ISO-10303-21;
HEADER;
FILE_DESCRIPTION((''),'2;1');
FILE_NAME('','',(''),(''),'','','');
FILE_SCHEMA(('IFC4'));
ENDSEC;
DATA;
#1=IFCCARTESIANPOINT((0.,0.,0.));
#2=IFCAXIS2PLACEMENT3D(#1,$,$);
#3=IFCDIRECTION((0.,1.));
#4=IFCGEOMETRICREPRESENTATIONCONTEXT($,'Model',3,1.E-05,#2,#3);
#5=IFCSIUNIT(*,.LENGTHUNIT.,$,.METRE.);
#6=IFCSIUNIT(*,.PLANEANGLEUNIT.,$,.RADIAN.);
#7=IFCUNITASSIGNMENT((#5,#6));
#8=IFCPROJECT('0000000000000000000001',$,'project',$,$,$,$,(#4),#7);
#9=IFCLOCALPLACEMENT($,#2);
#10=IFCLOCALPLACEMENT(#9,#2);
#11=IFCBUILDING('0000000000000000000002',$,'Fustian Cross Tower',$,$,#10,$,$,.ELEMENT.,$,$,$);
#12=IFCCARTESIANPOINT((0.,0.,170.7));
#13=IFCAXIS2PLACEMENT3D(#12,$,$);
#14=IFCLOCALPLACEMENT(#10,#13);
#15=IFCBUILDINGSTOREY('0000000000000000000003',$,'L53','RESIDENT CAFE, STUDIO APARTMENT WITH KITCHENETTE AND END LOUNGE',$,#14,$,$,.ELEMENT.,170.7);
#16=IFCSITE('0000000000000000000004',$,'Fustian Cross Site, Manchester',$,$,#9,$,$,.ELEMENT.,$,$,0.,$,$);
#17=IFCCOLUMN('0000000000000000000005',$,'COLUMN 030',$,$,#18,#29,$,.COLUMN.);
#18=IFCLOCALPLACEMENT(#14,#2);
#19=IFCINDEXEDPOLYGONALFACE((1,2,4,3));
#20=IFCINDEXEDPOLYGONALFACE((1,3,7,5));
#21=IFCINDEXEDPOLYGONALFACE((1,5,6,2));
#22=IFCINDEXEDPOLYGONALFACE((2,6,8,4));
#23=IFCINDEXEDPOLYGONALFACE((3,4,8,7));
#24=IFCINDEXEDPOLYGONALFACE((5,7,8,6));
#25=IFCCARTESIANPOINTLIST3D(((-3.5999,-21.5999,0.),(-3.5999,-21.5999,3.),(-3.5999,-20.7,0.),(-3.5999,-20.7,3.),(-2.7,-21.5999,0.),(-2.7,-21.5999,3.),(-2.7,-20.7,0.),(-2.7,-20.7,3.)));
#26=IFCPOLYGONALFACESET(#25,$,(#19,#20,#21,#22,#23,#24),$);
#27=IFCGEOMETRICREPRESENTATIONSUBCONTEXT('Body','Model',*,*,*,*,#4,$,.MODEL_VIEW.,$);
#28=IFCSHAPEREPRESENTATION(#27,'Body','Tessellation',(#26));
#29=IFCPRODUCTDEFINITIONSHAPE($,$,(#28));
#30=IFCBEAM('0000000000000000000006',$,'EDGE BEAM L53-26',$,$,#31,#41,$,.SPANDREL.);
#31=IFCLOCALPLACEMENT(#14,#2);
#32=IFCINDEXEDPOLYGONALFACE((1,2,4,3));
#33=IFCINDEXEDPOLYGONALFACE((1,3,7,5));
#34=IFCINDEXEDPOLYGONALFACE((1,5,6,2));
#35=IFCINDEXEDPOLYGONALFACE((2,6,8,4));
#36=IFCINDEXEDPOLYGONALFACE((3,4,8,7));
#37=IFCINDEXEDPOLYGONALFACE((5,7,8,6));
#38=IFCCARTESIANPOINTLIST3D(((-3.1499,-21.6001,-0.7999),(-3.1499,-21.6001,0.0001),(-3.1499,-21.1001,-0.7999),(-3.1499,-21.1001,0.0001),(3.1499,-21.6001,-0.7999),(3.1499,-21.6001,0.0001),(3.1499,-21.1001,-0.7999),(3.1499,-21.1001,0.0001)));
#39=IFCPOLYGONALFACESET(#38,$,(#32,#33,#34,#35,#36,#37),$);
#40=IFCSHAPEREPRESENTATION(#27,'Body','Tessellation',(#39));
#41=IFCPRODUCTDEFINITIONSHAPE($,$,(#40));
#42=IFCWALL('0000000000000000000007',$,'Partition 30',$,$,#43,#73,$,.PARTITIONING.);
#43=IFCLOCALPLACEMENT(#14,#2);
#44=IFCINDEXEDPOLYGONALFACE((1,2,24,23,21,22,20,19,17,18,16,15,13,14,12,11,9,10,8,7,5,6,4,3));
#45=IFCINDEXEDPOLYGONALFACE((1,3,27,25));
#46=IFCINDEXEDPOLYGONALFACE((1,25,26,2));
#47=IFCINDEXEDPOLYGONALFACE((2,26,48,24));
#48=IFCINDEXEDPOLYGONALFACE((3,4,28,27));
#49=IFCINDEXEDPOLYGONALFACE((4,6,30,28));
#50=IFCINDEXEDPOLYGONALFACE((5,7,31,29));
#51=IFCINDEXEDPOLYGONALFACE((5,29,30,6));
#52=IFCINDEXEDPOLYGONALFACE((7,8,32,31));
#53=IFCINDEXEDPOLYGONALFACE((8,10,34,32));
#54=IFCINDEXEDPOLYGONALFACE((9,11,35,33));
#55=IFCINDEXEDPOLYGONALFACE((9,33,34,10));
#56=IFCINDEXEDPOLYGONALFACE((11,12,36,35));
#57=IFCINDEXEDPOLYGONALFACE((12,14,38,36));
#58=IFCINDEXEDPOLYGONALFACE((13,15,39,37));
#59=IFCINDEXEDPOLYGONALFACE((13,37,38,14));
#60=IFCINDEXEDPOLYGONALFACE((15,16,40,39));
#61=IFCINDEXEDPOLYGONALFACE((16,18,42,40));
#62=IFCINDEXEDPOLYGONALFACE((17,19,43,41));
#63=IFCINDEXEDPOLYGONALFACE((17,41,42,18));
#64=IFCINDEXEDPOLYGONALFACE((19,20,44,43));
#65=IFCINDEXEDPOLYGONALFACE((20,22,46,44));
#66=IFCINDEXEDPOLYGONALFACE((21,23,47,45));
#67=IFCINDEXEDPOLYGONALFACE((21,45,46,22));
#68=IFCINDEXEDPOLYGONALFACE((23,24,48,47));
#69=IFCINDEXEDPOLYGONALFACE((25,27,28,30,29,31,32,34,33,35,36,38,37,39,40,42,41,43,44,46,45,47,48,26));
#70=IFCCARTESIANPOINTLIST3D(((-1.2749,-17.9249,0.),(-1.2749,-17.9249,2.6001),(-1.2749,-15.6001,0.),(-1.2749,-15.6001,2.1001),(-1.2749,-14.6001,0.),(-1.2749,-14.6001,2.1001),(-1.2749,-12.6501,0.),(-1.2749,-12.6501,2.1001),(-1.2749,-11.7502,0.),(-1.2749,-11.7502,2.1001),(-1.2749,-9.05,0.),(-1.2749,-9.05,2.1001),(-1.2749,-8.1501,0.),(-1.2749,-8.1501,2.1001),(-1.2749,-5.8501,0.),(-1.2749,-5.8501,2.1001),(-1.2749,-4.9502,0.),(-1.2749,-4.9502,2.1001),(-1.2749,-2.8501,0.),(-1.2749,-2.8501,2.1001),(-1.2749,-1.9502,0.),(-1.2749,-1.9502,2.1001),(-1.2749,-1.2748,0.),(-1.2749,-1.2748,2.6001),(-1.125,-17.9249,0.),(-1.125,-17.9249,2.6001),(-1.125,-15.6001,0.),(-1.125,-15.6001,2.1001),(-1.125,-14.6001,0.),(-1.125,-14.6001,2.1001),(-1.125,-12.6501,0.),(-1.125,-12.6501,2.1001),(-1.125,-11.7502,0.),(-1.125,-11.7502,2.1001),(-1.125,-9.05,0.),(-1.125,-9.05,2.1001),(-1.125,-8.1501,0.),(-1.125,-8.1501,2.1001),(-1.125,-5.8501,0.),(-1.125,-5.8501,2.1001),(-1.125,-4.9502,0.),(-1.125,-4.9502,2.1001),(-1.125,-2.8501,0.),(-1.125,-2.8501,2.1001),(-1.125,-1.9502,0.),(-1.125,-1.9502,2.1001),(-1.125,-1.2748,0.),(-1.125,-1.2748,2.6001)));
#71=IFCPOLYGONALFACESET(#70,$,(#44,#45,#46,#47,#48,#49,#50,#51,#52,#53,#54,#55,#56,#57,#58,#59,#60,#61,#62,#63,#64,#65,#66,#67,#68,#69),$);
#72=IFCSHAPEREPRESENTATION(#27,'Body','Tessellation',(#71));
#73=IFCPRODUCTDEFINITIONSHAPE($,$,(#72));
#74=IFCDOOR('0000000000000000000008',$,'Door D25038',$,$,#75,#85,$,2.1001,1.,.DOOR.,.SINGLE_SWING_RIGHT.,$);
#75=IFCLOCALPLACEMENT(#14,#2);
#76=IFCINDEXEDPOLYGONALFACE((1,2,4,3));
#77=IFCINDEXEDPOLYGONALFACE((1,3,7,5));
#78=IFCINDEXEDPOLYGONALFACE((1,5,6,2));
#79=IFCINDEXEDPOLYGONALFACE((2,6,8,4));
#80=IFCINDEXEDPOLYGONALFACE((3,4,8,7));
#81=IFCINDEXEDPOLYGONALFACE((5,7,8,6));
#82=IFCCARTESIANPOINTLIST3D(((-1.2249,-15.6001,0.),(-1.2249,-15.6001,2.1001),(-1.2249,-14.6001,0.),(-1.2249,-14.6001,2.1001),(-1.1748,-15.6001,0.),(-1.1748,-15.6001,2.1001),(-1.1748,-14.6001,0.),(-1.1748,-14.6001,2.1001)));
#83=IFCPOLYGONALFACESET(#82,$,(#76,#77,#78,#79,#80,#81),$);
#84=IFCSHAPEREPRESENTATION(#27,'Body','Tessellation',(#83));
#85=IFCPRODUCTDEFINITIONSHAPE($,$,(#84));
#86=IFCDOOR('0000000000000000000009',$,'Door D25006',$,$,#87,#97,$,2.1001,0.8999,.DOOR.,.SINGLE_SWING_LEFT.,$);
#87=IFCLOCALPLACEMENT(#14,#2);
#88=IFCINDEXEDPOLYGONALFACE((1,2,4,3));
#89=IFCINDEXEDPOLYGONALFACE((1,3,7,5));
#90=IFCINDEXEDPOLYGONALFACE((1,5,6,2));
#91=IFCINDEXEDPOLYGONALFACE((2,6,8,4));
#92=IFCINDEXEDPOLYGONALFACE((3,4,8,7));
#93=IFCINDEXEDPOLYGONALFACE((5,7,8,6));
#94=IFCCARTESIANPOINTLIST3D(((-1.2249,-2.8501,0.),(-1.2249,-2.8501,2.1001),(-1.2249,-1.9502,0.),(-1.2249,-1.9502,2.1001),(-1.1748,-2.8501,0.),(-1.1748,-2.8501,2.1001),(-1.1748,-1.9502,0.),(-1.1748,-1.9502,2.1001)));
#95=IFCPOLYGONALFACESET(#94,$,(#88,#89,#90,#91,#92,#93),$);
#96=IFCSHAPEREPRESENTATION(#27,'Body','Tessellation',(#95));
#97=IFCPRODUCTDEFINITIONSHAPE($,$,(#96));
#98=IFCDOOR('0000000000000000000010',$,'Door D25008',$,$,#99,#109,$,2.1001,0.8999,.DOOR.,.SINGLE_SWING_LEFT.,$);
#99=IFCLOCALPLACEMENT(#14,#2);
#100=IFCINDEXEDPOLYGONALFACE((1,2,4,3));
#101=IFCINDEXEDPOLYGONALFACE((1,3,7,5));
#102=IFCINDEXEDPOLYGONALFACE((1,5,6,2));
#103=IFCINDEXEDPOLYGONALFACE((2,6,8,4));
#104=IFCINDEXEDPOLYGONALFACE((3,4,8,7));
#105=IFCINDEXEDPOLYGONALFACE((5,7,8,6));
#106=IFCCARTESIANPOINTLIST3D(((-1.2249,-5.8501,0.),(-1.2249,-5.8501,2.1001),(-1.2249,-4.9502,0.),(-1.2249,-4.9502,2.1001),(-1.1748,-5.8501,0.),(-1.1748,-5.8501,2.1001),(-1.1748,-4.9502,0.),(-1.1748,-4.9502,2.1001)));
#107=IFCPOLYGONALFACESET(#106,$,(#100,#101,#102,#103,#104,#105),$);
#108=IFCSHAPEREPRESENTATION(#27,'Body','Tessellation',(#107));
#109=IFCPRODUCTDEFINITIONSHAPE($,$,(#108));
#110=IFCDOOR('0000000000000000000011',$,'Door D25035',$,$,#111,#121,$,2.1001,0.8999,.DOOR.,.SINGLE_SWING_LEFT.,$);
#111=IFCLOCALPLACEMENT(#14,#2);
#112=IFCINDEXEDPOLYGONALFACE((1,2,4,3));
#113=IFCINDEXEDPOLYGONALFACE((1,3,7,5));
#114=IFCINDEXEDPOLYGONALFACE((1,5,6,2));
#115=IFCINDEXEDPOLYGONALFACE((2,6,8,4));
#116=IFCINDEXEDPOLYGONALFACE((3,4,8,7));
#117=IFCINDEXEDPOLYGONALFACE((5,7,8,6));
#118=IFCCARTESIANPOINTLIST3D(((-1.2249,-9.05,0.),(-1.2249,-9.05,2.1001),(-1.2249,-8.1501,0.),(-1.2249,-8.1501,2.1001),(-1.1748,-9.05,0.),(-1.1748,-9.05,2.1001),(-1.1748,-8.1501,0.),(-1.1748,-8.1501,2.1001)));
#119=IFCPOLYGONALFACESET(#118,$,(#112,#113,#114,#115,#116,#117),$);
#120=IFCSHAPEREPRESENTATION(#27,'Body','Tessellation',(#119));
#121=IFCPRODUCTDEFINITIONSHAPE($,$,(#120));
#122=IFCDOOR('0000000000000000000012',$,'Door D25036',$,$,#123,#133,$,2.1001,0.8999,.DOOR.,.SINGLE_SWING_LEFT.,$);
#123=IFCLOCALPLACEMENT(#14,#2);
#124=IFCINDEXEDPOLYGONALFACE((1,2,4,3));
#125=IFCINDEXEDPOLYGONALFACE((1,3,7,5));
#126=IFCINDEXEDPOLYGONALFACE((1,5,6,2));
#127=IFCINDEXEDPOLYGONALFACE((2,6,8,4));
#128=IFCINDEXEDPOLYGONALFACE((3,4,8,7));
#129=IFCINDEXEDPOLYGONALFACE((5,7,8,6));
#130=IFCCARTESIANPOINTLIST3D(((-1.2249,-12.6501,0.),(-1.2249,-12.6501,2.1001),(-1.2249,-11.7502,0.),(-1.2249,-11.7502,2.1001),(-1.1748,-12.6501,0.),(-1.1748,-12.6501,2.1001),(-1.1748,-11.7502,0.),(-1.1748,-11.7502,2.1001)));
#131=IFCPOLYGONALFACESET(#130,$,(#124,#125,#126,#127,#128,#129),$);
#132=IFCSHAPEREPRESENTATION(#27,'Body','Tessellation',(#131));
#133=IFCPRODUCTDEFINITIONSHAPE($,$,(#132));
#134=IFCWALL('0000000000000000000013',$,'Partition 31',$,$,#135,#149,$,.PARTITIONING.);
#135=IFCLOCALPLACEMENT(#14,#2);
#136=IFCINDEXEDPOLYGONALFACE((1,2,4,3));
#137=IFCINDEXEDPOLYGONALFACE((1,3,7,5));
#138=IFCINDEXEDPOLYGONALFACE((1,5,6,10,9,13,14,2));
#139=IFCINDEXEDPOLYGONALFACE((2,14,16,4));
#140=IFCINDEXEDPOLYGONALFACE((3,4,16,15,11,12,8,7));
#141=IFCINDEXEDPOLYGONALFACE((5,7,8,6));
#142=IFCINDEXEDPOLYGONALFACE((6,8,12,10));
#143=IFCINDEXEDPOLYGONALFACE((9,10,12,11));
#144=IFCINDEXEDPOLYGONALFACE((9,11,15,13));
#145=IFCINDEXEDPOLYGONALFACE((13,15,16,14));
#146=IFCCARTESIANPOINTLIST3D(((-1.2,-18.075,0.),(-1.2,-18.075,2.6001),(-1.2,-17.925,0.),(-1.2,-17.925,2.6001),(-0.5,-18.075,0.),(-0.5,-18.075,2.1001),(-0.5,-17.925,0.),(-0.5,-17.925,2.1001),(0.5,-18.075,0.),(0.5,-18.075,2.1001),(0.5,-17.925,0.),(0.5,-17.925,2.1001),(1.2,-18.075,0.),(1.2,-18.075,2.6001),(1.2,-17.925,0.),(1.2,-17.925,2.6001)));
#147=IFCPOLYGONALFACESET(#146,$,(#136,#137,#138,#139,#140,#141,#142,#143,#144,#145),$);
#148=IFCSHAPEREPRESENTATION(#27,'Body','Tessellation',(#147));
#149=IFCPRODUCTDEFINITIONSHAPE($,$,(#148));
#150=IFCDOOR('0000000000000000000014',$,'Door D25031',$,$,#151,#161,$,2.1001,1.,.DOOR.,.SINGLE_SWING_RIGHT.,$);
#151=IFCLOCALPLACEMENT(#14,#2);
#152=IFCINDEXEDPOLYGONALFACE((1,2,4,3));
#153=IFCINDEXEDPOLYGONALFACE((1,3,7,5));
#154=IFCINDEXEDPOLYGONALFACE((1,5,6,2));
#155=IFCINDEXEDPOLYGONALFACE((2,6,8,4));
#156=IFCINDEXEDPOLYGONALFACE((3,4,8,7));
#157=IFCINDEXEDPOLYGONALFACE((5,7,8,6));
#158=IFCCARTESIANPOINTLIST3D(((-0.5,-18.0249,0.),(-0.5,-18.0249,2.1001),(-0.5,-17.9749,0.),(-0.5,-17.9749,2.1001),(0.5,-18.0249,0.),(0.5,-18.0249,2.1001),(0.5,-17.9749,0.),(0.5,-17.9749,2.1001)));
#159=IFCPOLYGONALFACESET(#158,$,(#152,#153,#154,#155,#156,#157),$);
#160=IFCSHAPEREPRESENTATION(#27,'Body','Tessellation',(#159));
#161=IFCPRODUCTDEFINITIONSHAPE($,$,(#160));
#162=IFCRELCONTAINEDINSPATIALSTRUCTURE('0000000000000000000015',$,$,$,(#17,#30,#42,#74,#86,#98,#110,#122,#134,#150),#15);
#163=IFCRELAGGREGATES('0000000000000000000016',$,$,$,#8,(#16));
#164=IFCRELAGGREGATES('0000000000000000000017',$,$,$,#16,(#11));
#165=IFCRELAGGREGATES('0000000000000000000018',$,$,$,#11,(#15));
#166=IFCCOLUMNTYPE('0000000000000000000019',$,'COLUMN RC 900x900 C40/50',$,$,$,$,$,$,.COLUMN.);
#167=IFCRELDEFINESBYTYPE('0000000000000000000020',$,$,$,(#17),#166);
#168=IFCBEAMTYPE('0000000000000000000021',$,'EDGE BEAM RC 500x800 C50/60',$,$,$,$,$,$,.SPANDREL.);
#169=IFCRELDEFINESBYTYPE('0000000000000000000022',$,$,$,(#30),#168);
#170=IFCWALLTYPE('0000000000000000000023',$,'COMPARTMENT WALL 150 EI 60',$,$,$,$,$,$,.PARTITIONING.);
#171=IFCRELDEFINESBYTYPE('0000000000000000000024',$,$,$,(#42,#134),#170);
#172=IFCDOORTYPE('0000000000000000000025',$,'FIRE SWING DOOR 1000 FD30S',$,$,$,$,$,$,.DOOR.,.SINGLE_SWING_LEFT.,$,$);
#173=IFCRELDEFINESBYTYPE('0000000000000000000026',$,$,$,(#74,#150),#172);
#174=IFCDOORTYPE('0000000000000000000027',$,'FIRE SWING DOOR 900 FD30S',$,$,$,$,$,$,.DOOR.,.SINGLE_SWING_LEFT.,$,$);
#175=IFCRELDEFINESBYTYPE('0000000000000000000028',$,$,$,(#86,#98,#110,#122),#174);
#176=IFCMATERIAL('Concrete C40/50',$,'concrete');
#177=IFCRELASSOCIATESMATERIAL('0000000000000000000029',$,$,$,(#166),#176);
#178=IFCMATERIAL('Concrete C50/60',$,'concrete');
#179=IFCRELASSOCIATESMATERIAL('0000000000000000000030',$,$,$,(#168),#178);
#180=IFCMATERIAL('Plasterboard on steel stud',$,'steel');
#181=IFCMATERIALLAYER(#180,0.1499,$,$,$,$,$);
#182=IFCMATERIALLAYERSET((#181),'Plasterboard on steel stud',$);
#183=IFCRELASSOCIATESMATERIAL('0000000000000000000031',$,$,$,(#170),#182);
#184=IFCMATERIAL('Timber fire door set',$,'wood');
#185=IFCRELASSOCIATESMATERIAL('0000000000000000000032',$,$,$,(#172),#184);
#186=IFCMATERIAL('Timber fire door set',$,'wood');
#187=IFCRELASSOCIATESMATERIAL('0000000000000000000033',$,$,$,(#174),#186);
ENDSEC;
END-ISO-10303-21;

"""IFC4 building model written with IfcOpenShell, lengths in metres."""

from ifc_helpers import new_model, si_unit, direction, frame, frame_2d, origin, origin_2d, place, context, subcontext, project, spatial, rectangle, extrude, material, layer, layer_set, material_profile, profile_set, type_object, element, fill, save


model = new_model("IFC4")

# Units and contexts
model_context = context("Model", 3, precision=1e-05, world=origin(), true_north=direction((0.0, 1.0)))
body_context = subcontext(model_context, "Body", "Model", "MODEL_VIEW")
ifc_project = project(units=[si_unit("LENGTHUNIT", "METRE"), si_unit("PLANEANGLEUNIT", "RADIAN")], contexts=[model_context])

# Site, building, storey
site_placement = place(None, origin())
site = spatial("IfcSite", under=ifc_project, at=site_placement, Name="Fustian Cross Site, Manchester", CompositionType="ELEMENT", RefElevation=0.0)
building_placement = place(site_placement, origin())
building = spatial("IfcBuilding", under=site, at=building_placement, Name="Fustian Cross Tower", CompositionType="ELEMENT")
storey_placement = place(building_placement, frame((0.0, 0.0, 170.7)))
storey = spatial("IfcBuildingStorey", under=building, at=storey_placement, Name="L53", Description="RESIDENT CAFE, STUDIO APARTMENT WITH KITCHENETTE AND END LOUNGE", CompositionType="ELEMENT", Elevation=170.7)

# Column
ifc_material_1 = material(Name="Concrete C40/50", Category="concrete")
ifc_material_profile_1 = material_profile(ifc_material_1, rectangle(XDim=0.8999, YDim=0.8999, at=origin_2d()), Name="RC 900x900")
ifc_profile_set_1 = profile_set([ifc_material_profile_1], Name="Concrete C40/50")
column_type = type_object("IfcColumnType", Name="COLUMN RC 900x900 C40/50", PredefinedType="COLUMN", material=ifc_profile_set_1)
column_placement = place(storey_placement, frame((-3.1499, -21.1499, 0.0), z_axis=(0.0, 0.0, 1.0), x_axis=(1.0, 0.0, 0.0)))
element("IfcColumn", 1, at=column_placement, inside=storey, type_object=column_type, Name="COLUMN 030", PredefinedType="COLUMN", context=body_context, shape_type="SweptSolid", body=[
    extrude(rectangle(XDim=0.8999, YDim=0.8999, at=origin_2d()), origin(), (0.0, 0.0, 1.0), 3.0),
])

# Beam
ifc_material_2 = material(Name="Concrete C50/60", Category="concrete")
ifc_material_profile_2 = material_profile(ifc_material_2, rectangle(XDim=0.5, YDim=0.8, at=origin_2d()), Name="RC 500x800")
ifc_profile_set_2 = profile_set([ifc_material_profile_2], Name="Concrete C50/60")
beam_type = type_object("IfcBeamType", Name="EDGE BEAM RC 500x800 C50/60", PredefinedType="SPANDREL", material=ifc_profile_set_2)
beam_placement = place(storey_placement, frame((-3.1499, -21.3501, -0.3999), z_axis=(1.0, 0.0, 0.0), x_axis=(0.0, 1.0, 0.0)))
element("IfcBeam", 2, at=beam_placement, inside=storey, type_object=beam_type, Name="EDGE BEAM L53-26", PredefinedType="SPANDREL", context=body_context, shape_type="SweptSolid", body=[
    extrude(rectangle(XDim=0.5, YDim=0.8, at=origin_2d()), origin(), (0.0, 0.0, 1.0), 6.2998),
])

# Wall, openings, doors
ifc_material_3 = material(Name="Plasterboard on steel stud", Category="steel")
ifc_layer_1 = layer(ifc_material_3, 0.1499)
ifc_layer_set_1 = layer_set([ifc_layer_1], Name="Plasterboard on steel stud")
wall_type_1 = type_object("IfcWallType", Name="COMPARTMENT WALL 150 EI 60", PredefinedType="PARTITIONING", material=ifc_layer_set_1)
wall_1_placement = place(storey_placement, frame((-1.2, -17.925, 0.0), z_axis=(0.0, 0.0, 1.0), x_axis=(0.0, 1.0, 0.0)))
wall_1 = element("IfcWall", 3, at=wall_1_placement, inside=storey, type_object=wall_type_1, Name="Partition 30", PredefinedType="PARTITIONING", context=body_context, shape_type="SweptSolid", body=[
    extrude(rectangle(XDim=16.6501, YDim=0.1499, at=frame_2d((8.3252, 0.0))), origin(), (0.0, 0.0, 1.0), 2.6001),
])
opening_1_placement = place(wall_1_placement, frame((15.075, 0.0, 0.0)))
opening_1 = element("IfcOpeningElement", 4, at=opening_1_placement, cuts=wall_1, PredefinedType="OPENING", context=body_context, shape_type="SweptSolid", body=[
    extrude(rectangle(XDim=0.8999, YDim=2.1001, at=frame_2d((0.45, 1.05))), frame((0.0, 0.085, 0.0), z_axis=(0.0, -1.0, 0.0), x_axis=(1.0, 0.0, 0.0)), (0.0, 0.0, 1.0), 0.1699),
])
opening_2_placement = place(wall_1_placement, frame((12.075, 0.0, 0.0)))
opening_2 = element("IfcOpeningElement", 5, at=opening_2_placement, cuts=wall_1, PredefinedType="OPENING", context=body_context, shape_type="SweptSolid", body=[
    extrude(rectangle(XDim=0.8999, YDim=2.1001, at=frame_2d((0.45, 1.05))), frame((0.0, 0.085, 0.0), z_axis=(0.0, -1.0, 0.0), x_axis=(1.0, 0.0, 0.0)), (0.0, 0.0, 1.0), 0.1699),
])
opening_3_placement = place(wall_1_placement, frame((8.875, 0.0, 0.0)))
opening_3 = element("IfcOpeningElement", 6, at=opening_3_placement, cuts=wall_1, PredefinedType="OPENING", context=body_context, shape_type="SweptSolid", body=[
    extrude(rectangle(XDim=0.8999, YDim=2.1001, at=frame_2d((0.45, 1.05))), frame((0.0, 0.085, 0.0), z_axis=(0.0, -1.0, 0.0), x_axis=(1.0, 0.0, 0.0)), (0.0, 0.0, 1.0), 0.1699),
])
opening_4_placement = place(wall_1_placement, frame((5.2749, 0.0, 0.0)))
opening_4 = element("IfcOpeningElement", 7, at=opening_4_placement, cuts=wall_1, PredefinedType="OPENING", context=body_context, shape_type="SweptSolid", body=[
    extrude(rectangle(XDim=0.8999, YDim=2.1001, at=frame_2d((0.45, 1.05))), frame((0.0, 0.085, 0.0), z_axis=(0.0, -1.0, 0.0), x_axis=(1.0, 0.0, 0.0)), (0.0, 0.0, 1.0), 0.1699),
])
opening_5_placement = place(wall_1_placement, frame((2.325, 0.0, 0.0)))
opening_5 = element("IfcOpeningElement", 8, at=opening_5_placement, cuts=wall_1, PredefinedType="OPENING", context=body_context, shape_type="SweptSolid", body=[
    extrude(rectangle(XDim=1.0, YDim=2.1001, at=frame_2d((0.5, 1.05))), frame((0.0, 0.085, 0.0), z_axis=(0.0, -1.0, 0.0), x_axis=(1.0, 0.0, 0.0)), (0.0, 0.0, 1.0), 0.1699),
])
ifc_material_4 = material(Name="Timber fire door set", Category="wood")
door_type_1 = type_object("IfcDoorType", Name="FIRE SWING DOOR 1000 FD30S", OperationType="SINGLE_SWING_LEFT", PredefinedType="DOOR", material=ifc_material_4)
door_1_placement = place(opening_5_placement, origin())
door_1 = element("IfcDoor", 9, at=door_1_placement, inside=storey, type_object=door_type_1, Name="Door D25038", OperationType="SINGLE_SWING_RIGHT", OverallHeight=2.1001, OverallWidth=1.0, PredefinedType="DOOR", context=body_context, shape_type="SweptSolid", body=[
    extrude(rectangle(XDim=1.0, YDim=2.1001, at=frame_2d((0.5, 1.05))), frame((0.0, 0.0249, 0.0), z_axis=(0.0, -1.0, 0.0), x_axis=(1.0, 0.0, 0.0)), (0.0, 0.0, 1.0), 0.05),
])
fill(opening_5, door_1)
ifc_material_5 = material(Name="Timber fire door set", Category="wood")
door_type_2 = type_object("IfcDoorType", Name="FIRE SWING DOOR 900 FD30S", OperationType="SINGLE_SWING_LEFT", PredefinedType="DOOR", material=ifc_material_5)
door_2_placement = place(opening_1_placement, origin())
door_2 = element("IfcDoor", 10, at=door_2_placement, inside=storey, type_object=door_type_2, Name="Door D25006", OperationType="SINGLE_SWING_LEFT", OverallHeight=2.1001, OverallWidth=0.8999, PredefinedType="DOOR", context=body_context, shape_type="SweptSolid", body=[
    extrude(rectangle(XDim=0.8999, YDim=2.1001, at=frame_2d((0.45, 1.05))), frame((0.0, 0.0249, 0.0), z_axis=(0.0, -1.0, 0.0), x_axis=(1.0, 0.0, 0.0)), (0.0, 0.0, 1.0), 0.05),
])
fill(opening_1, door_2)
door_3_placement = place(opening_2_placement, origin())
door_3 = element("IfcDoor", 11, at=door_3_placement, inside=storey, type_object=door_type_2, Name="Door D25008", OperationType="SINGLE_SWING_LEFT", OverallHeight=2.1001, OverallWidth=0.8999, PredefinedType="DOOR", context=body_context, shape_type="SweptSolid", body=[
    extrude(rectangle(XDim=0.8999, YDim=2.1001, at=frame_2d((0.45, 1.05))), frame((0.0, 0.0249, 0.0), z_axis=(0.0, -1.0, 0.0), x_axis=(1.0, 0.0, 0.0)), (0.0, 0.0, 1.0), 0.05),
])
fill(opening_2, door_3)
door_4_placement = place(opening_3_placement, origin())
door_4 = element("IfcDoor", 12, at=door_4_placement, inside=storey, type_object=door_type_2, Name="Door D25035", OperationType="SINGLE_SWING_LEFT", OverallHeight=2.1001, OverallWidth=0.8999, PredefinedType="DOOR", context=body_context, shape_type="SweptSolid", body=[
    extrude(rectangle(XDim=0.8999, YDim=2.1001, at=frame_2d((0.45, 1.05))), frame((0.0, 0.0249, 0.0), z_axis=(0.0, -1.0, 0.0), x_axis=(1.0, 0.0, 0.0)), (0.0, 0.0, 1.0), 0.05),
])
fill(opening_3, door_4)
door_5_placement = place(opening_4_placement, origin())
door_5 = element("IfcDoor", 13, at=door_5_placement, inside=storey, type_object=door_type_2, Name="Door D25036", OperationType="SINGLE_SWING_LEFT", OverallHeight=2.1001, OverallWidth=0.8999, PredefinedType="DOOR", context=body_context, shape_type="SweptSolid", body=[
    extrude(rectangle(XDim=0.8999, YDim=2.1001, at=frame_2d((0.45, 1.05))), frame((0.0, 0.0249, 0.0), z_axis=(0.0, -1.0, 0.0), x_axis=(1.0, 0.0, 0.0)), (0.0, 0.0, 1.0), 0.05),
])
fill(opening_4, door_5)

# Wall, opening, door
wall_2_placement = place(storey_placement, frame((-1.2, -18.0, 0.0), z_axis=(0.0, 0.0, 1.0), x_axis=(1.0, 0.0, 0.0)))
wall_2 = element("IfcWall", 14, at=wall_2_placement, inside=storey, type_object=wall_type_1, Name="Partition 31", PredefinedType="PARTITIONING", context=body_context, shape_type="SweptSolid", body=[
    extrude(rectangle(XDim=2.3999, YDim=0.1499, at=frame_2d((1.2, 0.0))), origin(), (0.0, 0.0, 1.0), 2.6001),
])
opening_6_placement = place(wall_2_placement, frame((0.7, 0.0, 0.0)))
opening_6 = element("IfcOpeningElement", 15, at=opening_6_placement, cuts=wall_2, PredefinedType="OPENING", context=body_context, shape_type="SweptSolid", body=[
    extrude(rectangle(XDim=1.0, YDim=2.1001, at=frame_2d((0.5, 1.05))), frame((0.0, 0.085, 0.0), z_axis=(0.0, -1.0, 0.0), x_axis=(1.0, 0.0, 0.0)), (0.0, 0.0, 1.0), 0.1699),
])
door_6_placement = place(opening_6_placement, frame((1.0, 0.0, 0.0), z_axis=(0.0, 0.0, 1.0), x_axis=(-1.0, 0.0, 0.0)))
door_6 = element("IfcDoor", 16, at=door_6_placement, inside=storey, type_object=door_type_1, Name="Door D25031", OperationType="SINGLE_SWING_RIGHT", OverallHeight=2.1001, OverallWidth=1.0, PredefinedType="DOOR", context=body_context, shape_type="SweptSolid", body=[
    extrude(rectangle(XDim=1.0, YDim=2.1001, at=frame_2d((0.5, 1.05))), frame((0.0, 0.0249, 0.0), z_axis=(0.0, -1.0, 0.0), x_axis=(1.0, 0.0, 0.0)), (0.0, 0.0, 1.0), 0.05),
])
fill(opening_6, door_6)

save(model, "model.ifc")
